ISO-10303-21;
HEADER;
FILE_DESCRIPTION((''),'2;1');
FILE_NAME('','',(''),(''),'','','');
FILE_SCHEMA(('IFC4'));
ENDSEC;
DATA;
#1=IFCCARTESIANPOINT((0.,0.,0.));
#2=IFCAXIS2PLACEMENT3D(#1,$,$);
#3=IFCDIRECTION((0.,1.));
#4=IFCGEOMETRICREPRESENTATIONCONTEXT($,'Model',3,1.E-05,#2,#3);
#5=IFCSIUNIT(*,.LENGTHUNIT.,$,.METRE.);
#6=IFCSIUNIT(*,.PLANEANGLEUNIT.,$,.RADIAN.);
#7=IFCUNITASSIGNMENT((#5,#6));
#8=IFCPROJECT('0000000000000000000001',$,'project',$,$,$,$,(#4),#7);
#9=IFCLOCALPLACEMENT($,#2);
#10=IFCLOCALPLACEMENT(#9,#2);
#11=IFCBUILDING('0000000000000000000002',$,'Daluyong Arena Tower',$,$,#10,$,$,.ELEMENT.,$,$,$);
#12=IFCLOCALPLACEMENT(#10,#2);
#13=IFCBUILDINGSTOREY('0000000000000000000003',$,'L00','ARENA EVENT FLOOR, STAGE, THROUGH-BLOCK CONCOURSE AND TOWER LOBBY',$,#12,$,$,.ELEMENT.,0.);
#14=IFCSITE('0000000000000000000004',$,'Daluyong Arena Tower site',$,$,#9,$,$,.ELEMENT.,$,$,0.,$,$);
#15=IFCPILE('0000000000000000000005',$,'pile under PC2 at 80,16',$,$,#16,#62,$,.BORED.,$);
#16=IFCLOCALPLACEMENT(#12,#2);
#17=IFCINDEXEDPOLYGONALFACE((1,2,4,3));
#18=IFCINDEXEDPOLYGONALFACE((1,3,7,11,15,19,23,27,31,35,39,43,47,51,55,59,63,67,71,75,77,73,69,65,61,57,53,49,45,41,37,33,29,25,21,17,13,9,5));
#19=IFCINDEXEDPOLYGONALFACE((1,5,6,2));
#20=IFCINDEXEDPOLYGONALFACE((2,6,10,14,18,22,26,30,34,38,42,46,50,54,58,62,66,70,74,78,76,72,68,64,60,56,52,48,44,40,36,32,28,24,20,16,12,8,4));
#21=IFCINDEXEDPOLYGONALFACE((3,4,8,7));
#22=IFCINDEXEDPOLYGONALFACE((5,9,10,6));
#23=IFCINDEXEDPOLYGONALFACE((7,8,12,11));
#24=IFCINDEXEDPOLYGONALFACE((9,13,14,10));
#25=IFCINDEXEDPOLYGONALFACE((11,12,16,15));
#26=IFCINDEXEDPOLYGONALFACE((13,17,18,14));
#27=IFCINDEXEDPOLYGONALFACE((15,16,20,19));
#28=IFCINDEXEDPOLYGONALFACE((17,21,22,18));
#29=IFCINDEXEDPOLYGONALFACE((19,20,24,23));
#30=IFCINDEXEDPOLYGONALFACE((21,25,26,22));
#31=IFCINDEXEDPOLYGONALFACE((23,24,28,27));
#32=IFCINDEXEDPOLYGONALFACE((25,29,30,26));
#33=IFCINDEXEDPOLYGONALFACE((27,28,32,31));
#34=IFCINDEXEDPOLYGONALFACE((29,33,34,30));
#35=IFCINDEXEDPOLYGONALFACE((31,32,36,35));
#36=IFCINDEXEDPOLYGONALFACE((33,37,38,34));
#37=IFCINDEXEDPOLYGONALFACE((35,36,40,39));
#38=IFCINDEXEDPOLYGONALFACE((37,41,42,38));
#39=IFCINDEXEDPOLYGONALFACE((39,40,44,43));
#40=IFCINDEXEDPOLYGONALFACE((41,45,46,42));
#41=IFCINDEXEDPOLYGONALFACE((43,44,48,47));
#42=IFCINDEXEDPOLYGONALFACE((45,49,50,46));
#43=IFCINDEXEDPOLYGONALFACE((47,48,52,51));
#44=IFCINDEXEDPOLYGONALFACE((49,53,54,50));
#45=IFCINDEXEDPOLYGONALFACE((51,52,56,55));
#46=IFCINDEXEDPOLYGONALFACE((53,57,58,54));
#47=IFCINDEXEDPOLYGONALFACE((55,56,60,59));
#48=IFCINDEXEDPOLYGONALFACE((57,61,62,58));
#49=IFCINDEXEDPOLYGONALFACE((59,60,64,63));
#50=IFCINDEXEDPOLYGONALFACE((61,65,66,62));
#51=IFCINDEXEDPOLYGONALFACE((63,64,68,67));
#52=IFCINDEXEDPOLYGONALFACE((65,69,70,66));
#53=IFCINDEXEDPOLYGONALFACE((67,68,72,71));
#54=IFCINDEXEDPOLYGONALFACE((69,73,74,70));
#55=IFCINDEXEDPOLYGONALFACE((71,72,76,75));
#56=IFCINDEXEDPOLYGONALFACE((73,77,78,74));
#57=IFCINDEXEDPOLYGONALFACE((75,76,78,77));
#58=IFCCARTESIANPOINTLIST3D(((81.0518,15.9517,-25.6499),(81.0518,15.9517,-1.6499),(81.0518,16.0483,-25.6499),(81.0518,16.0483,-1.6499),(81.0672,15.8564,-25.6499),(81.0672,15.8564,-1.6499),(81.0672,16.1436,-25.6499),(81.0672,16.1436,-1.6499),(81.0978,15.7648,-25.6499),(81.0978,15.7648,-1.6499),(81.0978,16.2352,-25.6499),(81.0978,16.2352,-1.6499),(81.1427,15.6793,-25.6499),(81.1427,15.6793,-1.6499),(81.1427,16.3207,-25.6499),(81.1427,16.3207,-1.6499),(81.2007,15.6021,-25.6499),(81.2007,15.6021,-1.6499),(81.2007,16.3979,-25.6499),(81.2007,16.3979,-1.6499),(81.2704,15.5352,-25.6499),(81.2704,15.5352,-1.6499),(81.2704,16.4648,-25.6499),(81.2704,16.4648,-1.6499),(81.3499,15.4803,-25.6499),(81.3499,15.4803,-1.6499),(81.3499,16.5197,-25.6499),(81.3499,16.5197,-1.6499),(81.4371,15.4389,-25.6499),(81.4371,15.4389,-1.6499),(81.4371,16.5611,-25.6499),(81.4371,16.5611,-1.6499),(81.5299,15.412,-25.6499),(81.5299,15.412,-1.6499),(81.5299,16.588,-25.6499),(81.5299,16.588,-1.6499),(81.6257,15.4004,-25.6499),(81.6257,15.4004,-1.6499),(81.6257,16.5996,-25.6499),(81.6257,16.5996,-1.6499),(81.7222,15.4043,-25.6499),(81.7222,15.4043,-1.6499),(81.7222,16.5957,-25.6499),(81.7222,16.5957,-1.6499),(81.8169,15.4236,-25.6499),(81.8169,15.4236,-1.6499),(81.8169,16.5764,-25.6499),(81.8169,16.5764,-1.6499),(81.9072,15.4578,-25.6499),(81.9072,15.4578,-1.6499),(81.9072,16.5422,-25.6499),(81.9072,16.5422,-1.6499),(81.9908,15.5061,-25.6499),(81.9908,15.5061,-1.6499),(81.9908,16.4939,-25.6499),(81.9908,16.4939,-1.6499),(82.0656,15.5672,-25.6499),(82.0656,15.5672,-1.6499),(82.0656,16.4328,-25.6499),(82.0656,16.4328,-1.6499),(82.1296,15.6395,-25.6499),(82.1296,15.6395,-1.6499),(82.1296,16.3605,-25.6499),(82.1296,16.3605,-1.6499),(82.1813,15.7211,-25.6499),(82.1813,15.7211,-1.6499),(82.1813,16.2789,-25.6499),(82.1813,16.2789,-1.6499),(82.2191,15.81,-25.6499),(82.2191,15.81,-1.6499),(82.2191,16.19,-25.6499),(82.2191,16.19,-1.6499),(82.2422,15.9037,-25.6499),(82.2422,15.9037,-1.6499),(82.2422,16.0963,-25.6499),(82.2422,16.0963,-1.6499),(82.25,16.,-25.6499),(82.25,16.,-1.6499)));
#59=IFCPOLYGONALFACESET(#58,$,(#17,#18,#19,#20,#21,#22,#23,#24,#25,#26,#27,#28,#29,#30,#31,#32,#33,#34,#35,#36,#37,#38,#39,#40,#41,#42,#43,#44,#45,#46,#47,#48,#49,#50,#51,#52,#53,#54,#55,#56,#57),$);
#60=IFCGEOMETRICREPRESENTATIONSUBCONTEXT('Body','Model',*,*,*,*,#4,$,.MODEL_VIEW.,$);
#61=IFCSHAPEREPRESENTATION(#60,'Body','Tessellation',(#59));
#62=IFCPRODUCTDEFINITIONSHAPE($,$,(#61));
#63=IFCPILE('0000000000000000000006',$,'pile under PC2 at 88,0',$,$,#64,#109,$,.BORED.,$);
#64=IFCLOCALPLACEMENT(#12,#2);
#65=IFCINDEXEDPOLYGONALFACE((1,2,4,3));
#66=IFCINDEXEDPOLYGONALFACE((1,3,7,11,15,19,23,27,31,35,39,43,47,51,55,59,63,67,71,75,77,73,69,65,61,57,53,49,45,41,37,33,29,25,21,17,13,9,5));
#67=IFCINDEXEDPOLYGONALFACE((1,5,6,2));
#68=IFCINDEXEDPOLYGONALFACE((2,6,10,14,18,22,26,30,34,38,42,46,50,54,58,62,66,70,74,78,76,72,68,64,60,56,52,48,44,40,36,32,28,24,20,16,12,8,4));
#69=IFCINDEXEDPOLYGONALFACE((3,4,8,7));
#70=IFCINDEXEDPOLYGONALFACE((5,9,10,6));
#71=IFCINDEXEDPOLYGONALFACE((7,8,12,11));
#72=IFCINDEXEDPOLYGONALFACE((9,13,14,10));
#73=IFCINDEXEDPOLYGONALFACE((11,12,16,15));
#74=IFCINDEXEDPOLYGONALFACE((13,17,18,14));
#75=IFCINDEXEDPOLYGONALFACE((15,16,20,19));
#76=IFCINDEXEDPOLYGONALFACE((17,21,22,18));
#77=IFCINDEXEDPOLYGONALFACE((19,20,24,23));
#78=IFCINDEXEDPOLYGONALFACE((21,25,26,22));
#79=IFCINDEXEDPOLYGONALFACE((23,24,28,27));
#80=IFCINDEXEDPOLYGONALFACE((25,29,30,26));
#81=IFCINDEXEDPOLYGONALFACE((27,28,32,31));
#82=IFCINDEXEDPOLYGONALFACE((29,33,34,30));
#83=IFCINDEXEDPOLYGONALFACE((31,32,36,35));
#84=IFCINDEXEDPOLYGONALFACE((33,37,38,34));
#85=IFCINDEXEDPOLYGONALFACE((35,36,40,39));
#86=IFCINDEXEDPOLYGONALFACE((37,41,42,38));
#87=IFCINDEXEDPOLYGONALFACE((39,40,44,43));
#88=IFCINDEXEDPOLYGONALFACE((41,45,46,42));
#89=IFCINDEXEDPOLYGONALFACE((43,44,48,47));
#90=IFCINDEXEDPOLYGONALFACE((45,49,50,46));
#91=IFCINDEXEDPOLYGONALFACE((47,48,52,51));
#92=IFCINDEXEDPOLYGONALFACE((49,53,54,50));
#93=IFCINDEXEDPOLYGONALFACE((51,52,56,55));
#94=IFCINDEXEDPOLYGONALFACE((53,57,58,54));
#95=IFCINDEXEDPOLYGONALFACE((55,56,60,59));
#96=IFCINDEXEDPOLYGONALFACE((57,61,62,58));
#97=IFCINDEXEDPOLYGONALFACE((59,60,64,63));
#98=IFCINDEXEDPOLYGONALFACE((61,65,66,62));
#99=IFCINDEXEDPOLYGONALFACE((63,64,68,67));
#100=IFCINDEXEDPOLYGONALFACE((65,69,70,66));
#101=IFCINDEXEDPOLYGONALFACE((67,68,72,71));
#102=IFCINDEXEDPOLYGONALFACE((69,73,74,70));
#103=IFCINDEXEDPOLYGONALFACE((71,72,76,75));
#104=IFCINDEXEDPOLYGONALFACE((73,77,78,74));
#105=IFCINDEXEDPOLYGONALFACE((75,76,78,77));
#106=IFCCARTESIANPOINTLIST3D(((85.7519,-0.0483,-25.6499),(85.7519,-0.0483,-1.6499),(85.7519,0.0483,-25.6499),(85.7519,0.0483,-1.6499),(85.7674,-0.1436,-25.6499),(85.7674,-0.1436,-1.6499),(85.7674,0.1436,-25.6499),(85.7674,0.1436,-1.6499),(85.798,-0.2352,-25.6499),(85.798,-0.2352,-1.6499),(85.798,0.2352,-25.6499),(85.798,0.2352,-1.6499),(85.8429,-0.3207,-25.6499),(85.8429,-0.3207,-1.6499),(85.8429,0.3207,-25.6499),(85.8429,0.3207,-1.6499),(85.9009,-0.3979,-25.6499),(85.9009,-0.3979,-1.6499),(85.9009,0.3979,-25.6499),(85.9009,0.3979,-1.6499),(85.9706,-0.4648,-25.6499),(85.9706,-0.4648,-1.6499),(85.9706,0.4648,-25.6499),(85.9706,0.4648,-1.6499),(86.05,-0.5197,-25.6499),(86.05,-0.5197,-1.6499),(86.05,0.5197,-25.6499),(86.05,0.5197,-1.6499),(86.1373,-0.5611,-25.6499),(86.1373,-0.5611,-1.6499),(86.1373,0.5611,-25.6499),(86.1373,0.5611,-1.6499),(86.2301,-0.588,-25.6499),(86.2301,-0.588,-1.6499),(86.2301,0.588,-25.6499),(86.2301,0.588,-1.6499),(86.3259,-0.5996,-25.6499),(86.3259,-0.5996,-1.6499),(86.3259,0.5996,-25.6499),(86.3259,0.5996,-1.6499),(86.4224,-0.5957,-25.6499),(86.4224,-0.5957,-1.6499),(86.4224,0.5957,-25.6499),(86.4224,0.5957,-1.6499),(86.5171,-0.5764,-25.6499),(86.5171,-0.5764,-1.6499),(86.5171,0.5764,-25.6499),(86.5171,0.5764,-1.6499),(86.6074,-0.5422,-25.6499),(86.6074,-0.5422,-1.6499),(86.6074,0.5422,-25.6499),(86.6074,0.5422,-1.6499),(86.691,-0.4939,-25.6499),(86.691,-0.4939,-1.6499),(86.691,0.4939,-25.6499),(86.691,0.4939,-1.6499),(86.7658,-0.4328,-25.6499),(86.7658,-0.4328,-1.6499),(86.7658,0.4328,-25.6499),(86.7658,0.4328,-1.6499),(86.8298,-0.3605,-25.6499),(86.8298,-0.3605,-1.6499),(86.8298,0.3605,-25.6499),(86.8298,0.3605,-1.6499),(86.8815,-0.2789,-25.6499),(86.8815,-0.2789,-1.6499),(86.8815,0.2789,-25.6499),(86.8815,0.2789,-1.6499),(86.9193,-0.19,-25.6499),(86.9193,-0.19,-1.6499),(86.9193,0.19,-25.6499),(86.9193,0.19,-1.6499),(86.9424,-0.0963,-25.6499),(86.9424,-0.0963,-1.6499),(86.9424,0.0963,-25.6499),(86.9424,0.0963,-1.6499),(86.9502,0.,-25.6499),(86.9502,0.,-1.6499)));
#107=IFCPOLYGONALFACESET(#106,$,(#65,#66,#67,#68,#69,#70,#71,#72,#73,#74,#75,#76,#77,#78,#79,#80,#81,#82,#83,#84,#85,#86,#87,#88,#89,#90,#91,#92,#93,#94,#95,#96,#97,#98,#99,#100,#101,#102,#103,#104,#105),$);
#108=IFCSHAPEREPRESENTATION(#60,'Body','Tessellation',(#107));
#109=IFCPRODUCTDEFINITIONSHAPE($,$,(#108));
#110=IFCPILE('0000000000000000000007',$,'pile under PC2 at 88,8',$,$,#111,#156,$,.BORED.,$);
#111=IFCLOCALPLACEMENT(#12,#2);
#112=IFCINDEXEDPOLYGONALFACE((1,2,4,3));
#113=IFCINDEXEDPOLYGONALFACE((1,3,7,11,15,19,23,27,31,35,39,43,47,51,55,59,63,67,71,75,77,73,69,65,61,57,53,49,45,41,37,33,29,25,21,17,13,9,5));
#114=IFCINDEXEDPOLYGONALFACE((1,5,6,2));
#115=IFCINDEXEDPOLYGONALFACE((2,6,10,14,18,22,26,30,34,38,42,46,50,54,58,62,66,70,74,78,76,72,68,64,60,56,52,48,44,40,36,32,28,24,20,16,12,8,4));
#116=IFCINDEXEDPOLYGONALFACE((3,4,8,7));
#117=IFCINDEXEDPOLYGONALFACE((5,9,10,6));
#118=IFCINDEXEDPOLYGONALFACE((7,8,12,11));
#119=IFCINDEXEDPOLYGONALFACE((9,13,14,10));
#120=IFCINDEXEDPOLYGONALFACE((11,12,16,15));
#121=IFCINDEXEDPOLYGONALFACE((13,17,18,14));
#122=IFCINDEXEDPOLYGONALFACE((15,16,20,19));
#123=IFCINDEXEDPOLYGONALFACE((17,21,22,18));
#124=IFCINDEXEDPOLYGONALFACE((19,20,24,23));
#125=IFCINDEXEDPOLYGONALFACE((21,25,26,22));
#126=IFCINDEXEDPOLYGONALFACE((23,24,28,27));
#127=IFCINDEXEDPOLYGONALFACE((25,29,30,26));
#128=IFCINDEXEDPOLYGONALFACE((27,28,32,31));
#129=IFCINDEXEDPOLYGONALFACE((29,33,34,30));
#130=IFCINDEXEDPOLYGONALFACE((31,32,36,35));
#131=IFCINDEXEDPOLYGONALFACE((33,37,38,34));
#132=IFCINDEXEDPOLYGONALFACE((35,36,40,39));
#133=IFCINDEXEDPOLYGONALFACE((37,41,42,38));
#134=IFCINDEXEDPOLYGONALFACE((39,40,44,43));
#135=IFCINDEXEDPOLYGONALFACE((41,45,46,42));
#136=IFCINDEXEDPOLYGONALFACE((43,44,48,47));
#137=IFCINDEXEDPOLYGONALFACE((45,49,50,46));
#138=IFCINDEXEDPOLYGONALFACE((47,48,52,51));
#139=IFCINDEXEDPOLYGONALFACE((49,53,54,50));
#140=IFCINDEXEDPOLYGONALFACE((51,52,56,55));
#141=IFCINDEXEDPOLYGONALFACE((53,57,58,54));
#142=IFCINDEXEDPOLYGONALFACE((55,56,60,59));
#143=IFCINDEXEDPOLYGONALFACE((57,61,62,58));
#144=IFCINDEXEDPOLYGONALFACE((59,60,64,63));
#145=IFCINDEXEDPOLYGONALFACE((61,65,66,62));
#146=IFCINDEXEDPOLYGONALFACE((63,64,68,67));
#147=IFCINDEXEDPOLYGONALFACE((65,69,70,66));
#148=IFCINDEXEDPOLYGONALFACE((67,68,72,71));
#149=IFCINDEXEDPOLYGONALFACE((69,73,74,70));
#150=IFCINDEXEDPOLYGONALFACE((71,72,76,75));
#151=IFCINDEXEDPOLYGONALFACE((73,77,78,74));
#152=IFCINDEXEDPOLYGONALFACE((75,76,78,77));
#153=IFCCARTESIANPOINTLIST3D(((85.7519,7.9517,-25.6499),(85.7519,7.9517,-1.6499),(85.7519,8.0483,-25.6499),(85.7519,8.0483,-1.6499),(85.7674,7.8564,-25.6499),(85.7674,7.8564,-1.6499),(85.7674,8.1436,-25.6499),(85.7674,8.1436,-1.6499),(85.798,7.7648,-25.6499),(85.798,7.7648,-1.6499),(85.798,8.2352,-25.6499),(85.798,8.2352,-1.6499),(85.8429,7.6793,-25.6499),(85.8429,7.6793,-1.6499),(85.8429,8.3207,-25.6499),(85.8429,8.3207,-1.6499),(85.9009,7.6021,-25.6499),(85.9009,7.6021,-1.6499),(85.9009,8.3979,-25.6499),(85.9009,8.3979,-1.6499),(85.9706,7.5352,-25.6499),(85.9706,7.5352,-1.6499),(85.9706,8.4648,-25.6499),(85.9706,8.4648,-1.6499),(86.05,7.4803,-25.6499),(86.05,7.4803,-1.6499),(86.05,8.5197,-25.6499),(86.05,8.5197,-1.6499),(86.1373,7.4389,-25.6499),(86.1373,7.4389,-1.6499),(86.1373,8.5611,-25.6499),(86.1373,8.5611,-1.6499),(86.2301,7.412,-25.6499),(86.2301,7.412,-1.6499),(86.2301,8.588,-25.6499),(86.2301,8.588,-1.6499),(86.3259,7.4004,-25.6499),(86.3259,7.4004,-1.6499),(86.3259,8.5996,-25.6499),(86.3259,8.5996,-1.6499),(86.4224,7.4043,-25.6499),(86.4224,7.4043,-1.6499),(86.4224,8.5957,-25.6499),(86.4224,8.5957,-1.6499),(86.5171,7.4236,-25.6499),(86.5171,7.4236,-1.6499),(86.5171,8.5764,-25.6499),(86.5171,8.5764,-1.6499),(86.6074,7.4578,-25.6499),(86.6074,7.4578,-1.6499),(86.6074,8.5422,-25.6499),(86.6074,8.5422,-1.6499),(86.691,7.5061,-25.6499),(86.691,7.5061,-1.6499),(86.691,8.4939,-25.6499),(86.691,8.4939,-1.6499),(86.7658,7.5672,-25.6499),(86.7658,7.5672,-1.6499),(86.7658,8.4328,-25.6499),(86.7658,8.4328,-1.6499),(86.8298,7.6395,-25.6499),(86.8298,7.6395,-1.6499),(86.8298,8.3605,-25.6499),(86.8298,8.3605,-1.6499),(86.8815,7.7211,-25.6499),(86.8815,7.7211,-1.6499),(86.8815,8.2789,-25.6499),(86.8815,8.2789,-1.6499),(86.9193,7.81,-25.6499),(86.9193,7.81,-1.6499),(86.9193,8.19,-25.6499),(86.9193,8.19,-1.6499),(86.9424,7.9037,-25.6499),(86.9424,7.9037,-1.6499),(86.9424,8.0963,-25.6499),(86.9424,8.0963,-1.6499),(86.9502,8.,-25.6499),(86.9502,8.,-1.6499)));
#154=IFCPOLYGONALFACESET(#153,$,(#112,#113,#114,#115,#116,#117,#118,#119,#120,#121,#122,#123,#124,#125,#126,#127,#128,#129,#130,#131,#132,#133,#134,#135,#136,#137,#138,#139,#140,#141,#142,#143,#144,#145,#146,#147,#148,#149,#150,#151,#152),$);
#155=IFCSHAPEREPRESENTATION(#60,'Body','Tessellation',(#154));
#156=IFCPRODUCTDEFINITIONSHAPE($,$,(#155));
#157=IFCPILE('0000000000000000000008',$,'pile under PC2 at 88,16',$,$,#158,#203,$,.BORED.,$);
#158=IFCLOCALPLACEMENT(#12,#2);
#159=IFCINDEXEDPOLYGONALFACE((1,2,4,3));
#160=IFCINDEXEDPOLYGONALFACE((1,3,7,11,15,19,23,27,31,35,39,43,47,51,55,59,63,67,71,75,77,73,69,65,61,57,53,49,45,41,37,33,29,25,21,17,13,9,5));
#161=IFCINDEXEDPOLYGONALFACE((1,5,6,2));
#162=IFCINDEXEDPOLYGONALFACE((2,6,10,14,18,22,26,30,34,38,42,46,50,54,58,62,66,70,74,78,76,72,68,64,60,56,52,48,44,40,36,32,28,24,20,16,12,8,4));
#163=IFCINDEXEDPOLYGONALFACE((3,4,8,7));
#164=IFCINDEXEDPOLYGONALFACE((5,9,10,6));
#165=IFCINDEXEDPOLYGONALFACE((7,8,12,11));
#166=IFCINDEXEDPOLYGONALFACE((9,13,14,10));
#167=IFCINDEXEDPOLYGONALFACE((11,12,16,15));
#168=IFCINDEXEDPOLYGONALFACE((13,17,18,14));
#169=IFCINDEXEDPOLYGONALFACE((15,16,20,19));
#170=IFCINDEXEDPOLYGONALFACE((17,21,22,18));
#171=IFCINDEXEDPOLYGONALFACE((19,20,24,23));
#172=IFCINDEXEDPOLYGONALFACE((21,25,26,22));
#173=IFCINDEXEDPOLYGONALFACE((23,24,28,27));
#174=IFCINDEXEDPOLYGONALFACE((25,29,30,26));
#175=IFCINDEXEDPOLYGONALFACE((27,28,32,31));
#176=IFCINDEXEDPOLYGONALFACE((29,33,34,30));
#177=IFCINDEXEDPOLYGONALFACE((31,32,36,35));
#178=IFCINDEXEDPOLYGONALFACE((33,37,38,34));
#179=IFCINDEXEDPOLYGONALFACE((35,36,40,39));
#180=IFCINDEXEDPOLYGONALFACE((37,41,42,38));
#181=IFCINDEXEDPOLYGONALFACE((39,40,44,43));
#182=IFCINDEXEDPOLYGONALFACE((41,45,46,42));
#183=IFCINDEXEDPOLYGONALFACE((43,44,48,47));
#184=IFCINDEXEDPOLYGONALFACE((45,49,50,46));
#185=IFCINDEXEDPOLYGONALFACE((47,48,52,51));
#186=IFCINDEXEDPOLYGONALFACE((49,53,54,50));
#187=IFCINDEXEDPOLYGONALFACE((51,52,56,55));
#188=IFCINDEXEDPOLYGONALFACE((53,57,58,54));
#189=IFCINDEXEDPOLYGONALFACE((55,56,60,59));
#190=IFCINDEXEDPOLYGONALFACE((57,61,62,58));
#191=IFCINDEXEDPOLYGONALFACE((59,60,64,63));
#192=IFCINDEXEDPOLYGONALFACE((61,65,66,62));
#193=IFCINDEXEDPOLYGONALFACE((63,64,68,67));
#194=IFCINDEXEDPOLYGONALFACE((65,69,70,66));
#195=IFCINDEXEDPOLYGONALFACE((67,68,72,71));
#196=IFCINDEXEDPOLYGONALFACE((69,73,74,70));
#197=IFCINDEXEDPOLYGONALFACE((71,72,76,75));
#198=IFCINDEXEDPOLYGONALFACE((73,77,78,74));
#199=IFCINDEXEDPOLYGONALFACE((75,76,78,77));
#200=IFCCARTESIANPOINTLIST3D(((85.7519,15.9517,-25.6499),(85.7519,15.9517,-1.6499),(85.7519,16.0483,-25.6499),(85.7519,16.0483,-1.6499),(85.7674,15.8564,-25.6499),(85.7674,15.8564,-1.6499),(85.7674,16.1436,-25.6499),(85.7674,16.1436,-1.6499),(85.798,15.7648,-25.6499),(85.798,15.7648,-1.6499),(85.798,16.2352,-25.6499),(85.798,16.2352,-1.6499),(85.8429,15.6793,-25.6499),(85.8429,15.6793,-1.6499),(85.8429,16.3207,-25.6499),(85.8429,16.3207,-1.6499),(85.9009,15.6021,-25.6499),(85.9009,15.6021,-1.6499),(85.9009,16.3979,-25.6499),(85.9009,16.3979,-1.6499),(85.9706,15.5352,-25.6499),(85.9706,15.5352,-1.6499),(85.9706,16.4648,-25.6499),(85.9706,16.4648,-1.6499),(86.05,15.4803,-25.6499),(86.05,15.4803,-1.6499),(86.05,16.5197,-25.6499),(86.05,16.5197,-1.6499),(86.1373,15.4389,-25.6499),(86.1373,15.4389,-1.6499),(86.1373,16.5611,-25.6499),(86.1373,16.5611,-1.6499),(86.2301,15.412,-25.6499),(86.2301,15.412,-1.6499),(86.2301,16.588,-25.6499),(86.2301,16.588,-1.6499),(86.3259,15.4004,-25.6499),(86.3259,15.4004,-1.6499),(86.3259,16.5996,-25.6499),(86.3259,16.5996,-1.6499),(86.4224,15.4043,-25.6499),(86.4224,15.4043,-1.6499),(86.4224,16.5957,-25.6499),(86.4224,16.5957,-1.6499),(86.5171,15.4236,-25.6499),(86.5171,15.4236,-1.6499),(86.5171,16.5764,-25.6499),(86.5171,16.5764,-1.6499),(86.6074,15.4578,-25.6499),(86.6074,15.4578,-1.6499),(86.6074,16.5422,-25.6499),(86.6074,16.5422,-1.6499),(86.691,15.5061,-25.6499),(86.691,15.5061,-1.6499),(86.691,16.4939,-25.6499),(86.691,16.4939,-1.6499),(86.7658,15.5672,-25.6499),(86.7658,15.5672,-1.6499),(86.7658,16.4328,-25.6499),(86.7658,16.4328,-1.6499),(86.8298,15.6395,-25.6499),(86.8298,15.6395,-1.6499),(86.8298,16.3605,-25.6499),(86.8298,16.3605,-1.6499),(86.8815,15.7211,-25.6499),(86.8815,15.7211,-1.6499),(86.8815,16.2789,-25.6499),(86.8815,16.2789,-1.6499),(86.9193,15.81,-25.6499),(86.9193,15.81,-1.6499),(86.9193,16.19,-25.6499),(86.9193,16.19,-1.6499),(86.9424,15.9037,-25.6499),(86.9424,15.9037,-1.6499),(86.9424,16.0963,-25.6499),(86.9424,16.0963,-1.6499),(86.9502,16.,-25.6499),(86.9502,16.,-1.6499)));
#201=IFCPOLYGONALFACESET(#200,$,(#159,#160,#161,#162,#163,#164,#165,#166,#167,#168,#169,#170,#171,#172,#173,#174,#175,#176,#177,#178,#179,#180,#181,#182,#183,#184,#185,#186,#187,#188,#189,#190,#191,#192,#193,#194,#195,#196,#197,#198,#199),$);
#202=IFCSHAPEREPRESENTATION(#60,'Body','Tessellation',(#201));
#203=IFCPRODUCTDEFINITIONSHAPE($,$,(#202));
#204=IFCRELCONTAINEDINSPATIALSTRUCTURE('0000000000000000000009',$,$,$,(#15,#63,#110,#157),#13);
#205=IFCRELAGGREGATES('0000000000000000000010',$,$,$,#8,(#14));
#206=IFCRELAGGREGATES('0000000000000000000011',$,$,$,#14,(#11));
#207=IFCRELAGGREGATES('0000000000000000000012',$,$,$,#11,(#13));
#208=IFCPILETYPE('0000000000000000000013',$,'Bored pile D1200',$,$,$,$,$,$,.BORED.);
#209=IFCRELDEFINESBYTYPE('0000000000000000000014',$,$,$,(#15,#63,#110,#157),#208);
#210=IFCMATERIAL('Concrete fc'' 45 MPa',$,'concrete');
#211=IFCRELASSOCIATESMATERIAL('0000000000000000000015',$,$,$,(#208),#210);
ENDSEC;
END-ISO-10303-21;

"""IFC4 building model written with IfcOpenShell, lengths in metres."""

from ifc_helpers import new_model, si_unit, direction, frame, origin, origin_2d, place, context, subcontext, project, spatial, circle, extrude, material, type_object, element, save


model = new_model("IFC4")

# Units and contexts
model_context = context("Model", 3, precision=1e-05, world=origin(), true_north=direction((0.0, 1.0)))
body_context = subcontext(model_context, "Body", "Model", "MODEL_VIEW")
ifc_project = project(units=[si_unit("LENGTHUNIT", "METRE"), si_unit("PLANEANGLEUNIT", "RADIAN")], contexts=[model_context])

# Site, building, storey
site_placement = place(None, origin())
site = spatial("IfcSite", under=ifc_project, at=site_placement, Name="Daluyong Arena Tower site", CompositionType="ELEMENT", RefElevation=0.0)
building_placement = place(site_placement, origin())
building = spatial("IfcBuilding", under=site, at=building_placement, Name="Daluyong Arena Tower", CompositionType="ELEMENT")
storey_placement = place(building_placement, origin())
storey = spatial("IfcBuildingStorey", under=building, at=storey_placement, Name="L00", Description="ARENA EVENT FLOOR, STAGE, THROUGH-BLOCK CONCOURSE AND TOWER LOBBY", CompositionType="ELEMENT", Elevation=0.0)

# Piles
ifc_material_1 = material(Name="Concrete fc' 45 MPa", Category="concrete")
pile_type = type_object("IfcPileType", Name="Bored pile D1200", PredefinedType="BORED", material=ifc_material_1)
for number, where, z_axis, x_axis, name in (
    (1, (81.6499, 16.0, -1.6499), (0.0, 0.0, -1.0), (1.0, 0.0, 0.0), "pile under PC2 at 80,16"),
    (2, (86.3501, 0.0, -1.6499), (0.0, 0.0, -1.0), (1.0, 0.0, 0.0), "pile under PC2 at 88,0"),
    (3, (86.3501, 8.0, -1.6499), (0.0, 0.0, -1.0), (1.0, 0.0, 0.0), "pile under PC2 at 88,8"),
    (4, (86.3501, 16.0, -1.6499), (0.0, 0.0, -1.0), (1.0, 0.0, 0.0), "pile under PC2 at 88,16"),
):
    element("IfcPile", number, at=place(storey_placement, frame(where, z_axis=z_axis, x_axis=x_axis)), inside=storey, type_object=pile_type, Name=name, PredefinedType="BORED", context=body_context, shape_type="SweptSolid", body=[
        extrude(circle(Radius=0.6001, at=origin_2d()), origin(), (0.0, 0.0, 1.0), 24.0),
    ])

save(model, "model.ifc")
